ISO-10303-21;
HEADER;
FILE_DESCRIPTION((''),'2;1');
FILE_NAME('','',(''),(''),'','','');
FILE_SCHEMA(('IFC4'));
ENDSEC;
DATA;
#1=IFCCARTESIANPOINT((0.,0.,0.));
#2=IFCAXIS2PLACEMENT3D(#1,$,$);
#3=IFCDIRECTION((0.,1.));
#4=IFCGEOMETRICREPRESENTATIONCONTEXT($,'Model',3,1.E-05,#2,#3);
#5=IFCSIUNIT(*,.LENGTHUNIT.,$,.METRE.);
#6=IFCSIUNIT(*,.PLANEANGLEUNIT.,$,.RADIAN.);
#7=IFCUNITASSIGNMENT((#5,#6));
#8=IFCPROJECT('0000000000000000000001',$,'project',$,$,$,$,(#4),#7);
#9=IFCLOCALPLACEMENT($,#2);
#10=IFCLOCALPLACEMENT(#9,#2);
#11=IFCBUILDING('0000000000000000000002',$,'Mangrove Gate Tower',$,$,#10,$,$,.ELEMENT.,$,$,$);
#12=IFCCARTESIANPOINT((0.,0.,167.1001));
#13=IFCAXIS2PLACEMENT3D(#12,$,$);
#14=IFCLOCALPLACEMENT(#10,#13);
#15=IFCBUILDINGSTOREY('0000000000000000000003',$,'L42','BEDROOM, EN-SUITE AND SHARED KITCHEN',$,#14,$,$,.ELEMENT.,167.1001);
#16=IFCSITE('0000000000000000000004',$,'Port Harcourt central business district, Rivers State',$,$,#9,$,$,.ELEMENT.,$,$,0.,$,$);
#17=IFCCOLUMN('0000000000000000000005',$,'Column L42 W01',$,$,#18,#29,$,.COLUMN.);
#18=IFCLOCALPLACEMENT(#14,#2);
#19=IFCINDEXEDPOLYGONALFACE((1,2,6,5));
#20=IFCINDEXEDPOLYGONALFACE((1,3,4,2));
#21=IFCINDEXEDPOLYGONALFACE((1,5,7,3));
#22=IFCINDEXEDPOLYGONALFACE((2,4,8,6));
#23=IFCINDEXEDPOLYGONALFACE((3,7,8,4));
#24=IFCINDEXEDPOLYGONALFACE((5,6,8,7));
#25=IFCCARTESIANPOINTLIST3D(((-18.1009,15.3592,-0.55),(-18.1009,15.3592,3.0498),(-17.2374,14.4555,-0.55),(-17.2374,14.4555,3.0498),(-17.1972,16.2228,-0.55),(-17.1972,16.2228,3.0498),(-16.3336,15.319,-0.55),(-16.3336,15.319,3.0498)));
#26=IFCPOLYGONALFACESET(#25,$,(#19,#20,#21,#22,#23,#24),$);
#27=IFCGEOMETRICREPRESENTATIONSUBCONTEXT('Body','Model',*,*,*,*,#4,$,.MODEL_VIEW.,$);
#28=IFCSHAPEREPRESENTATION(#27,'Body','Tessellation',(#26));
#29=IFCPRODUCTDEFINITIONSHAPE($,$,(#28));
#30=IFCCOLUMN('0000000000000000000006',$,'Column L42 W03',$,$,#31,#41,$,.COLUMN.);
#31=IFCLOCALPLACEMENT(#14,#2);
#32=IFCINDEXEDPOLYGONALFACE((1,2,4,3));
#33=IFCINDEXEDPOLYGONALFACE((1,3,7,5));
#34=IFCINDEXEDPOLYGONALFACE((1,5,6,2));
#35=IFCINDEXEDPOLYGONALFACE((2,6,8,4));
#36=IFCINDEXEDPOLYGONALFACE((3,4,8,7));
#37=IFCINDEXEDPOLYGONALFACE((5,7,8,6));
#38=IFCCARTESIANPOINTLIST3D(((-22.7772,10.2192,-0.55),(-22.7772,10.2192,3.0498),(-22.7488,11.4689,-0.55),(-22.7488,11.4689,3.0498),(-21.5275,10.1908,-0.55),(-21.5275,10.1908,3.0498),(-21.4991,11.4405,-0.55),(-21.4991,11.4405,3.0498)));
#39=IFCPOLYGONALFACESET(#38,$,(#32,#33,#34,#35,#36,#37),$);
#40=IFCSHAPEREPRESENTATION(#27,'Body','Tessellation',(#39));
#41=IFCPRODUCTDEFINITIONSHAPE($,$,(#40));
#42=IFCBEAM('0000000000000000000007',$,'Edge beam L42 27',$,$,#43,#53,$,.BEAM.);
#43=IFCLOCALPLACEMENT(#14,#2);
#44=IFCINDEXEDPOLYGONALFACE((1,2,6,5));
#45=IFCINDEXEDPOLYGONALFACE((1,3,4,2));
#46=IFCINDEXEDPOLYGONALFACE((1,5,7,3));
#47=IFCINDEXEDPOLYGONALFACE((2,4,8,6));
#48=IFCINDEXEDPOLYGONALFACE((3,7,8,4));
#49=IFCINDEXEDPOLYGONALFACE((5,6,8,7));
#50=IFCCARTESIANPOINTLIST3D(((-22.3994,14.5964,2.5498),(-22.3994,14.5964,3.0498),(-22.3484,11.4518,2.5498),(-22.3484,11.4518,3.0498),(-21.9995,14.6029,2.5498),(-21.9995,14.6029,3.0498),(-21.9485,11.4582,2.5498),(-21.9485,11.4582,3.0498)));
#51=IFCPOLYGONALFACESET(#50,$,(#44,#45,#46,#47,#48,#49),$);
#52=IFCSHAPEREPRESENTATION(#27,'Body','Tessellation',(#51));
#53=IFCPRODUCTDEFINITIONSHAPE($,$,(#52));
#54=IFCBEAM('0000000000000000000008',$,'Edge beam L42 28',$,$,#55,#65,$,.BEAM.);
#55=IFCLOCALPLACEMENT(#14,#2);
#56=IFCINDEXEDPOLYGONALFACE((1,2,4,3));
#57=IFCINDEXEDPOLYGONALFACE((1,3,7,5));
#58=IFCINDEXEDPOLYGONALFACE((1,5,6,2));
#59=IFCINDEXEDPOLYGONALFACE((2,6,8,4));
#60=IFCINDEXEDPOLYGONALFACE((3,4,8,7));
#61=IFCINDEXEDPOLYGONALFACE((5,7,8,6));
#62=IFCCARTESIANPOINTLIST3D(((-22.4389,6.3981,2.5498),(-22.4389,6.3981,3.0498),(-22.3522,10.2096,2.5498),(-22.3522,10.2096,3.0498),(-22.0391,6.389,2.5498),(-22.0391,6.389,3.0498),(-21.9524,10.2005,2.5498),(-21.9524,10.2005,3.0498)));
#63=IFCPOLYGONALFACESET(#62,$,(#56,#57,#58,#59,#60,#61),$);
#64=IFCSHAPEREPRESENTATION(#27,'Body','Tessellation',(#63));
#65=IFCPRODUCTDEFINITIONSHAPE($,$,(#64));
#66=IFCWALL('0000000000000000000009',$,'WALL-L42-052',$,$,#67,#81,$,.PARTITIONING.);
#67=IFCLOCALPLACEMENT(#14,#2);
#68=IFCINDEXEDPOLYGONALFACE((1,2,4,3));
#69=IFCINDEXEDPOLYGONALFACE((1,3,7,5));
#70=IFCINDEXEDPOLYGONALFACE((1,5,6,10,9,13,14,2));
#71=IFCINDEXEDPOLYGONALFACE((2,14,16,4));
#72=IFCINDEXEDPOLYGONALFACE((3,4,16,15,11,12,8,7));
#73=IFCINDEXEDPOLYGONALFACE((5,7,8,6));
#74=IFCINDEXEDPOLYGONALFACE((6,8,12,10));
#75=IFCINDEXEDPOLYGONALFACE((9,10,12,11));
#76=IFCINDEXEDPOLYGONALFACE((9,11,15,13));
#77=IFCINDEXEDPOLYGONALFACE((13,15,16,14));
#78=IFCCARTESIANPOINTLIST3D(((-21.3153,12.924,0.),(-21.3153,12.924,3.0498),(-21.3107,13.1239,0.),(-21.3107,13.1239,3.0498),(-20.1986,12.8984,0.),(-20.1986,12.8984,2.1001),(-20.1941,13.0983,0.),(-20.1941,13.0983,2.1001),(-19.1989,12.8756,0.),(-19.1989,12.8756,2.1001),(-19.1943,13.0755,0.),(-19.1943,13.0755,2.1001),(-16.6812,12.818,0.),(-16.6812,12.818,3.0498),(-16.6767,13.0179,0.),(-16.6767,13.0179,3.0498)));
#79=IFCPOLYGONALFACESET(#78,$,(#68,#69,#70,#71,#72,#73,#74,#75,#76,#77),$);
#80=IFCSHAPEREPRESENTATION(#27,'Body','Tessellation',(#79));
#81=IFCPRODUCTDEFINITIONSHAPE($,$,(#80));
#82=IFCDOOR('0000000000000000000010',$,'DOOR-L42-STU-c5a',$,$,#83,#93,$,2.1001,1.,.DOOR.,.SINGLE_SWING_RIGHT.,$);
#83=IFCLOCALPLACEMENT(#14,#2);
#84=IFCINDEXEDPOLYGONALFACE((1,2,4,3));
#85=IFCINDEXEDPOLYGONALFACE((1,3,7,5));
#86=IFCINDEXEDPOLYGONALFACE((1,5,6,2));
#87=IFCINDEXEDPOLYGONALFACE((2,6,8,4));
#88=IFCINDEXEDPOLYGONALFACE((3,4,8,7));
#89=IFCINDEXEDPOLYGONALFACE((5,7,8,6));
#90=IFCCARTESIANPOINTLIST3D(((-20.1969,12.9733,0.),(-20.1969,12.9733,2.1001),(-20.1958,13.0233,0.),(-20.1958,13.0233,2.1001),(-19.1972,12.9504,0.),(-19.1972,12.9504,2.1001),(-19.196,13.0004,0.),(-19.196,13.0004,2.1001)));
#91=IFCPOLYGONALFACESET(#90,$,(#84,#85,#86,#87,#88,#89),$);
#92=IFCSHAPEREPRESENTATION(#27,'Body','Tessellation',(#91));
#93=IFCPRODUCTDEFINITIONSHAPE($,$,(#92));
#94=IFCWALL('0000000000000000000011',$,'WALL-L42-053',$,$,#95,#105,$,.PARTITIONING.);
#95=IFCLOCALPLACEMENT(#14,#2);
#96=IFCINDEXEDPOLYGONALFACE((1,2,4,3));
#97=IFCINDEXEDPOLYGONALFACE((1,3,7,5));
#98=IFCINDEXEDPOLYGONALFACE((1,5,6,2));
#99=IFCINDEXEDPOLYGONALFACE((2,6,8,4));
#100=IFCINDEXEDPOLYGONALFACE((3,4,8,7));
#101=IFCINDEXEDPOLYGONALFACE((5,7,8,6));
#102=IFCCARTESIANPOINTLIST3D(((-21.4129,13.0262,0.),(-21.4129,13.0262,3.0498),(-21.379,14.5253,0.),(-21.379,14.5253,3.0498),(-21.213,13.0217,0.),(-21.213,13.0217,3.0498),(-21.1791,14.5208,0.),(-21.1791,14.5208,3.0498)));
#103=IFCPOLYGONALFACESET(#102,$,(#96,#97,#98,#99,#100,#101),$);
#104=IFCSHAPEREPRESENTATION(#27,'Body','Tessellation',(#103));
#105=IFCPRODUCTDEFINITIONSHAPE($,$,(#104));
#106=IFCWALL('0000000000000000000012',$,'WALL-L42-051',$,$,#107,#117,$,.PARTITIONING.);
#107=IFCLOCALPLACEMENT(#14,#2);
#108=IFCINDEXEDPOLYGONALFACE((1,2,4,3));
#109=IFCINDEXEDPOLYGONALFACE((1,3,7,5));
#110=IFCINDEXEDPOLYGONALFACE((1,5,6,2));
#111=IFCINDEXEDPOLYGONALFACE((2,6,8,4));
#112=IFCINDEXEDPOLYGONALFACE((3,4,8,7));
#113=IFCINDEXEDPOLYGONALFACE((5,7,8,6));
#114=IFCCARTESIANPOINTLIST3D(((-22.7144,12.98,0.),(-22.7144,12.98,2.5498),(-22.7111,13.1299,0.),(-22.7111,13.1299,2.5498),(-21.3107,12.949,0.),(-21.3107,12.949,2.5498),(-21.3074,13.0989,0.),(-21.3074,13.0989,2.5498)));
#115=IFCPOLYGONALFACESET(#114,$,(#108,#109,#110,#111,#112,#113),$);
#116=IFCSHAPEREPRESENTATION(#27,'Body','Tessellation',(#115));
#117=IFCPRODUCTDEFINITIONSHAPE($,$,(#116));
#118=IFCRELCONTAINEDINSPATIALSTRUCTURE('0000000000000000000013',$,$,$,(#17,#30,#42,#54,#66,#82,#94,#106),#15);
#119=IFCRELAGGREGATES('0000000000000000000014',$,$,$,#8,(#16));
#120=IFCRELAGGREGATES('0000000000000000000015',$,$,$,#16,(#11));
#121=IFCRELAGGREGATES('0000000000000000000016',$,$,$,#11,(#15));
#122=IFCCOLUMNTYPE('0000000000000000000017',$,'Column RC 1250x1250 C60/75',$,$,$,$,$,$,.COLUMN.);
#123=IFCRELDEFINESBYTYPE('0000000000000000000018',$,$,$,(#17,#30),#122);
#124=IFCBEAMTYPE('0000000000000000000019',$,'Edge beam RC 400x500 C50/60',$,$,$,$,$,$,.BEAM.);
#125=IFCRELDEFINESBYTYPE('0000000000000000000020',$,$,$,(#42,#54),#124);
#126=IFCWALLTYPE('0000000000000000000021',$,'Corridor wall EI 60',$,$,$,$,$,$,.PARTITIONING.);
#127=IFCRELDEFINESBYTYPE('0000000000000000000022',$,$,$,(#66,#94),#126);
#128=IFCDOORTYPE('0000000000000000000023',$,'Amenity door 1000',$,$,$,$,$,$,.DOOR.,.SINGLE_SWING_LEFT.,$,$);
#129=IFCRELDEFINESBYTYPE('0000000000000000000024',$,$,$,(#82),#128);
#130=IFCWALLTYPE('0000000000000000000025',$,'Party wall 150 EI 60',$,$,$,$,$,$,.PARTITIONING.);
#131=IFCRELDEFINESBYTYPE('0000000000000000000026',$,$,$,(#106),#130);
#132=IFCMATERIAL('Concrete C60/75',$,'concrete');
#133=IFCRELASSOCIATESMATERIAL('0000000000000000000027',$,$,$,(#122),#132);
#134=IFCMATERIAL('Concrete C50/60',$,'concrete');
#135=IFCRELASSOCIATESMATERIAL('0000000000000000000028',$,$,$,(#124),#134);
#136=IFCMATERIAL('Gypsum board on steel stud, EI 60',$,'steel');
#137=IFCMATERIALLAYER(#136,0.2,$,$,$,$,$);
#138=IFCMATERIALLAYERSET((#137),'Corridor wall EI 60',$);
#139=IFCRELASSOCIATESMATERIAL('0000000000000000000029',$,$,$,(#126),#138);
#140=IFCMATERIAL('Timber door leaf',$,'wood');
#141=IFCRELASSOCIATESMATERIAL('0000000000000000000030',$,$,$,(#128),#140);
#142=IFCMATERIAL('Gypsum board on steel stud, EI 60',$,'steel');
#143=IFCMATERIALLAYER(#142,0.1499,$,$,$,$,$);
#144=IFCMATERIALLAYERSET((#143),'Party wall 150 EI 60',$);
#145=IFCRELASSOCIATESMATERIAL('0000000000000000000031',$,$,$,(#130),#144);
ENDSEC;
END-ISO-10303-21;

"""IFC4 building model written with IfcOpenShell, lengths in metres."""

from ifc_helpers import new_model, si_unit, direction, frame, frame_2d, origin, origin_2d, place, context, subcontext, project, spatial, rectangle, extrude, material, layer, layer_set, material_profile, profile_set, type_object, element, fill, save


model = new_model("IFC4")

# Units and contexts
model_context = context("Model", 3, precision=1e-05, world=origin(), true_north=direction((0.0, 1.0)))
body_context = subcontext(model_context, "Body", "Model", "MODEL_VIEW")
ifc_project = project(units=[si_unit("LENGTHUNIT", "METRE"), si_unit("PLANEANGLEUNIT", "RADIAN")], contexts=[model_context])

# Site, building, storey
site_placement = place(None, origin())
site = spatial("IfcSite", under=ifc_project, at=site_placement, Name="Port Harcourt central business district, Rivers State", CompositionType="ELEMENT", RefElevation=0.0)
building_placement = place(site_placement, origin())
building = spatial("IfcBuilding", under=site, at=building_placement, Name="Mangrove Gate Tower", CompositionType="ELEMENT")
storey_placement = place(building_placement, frame((0.0, 0.0, 167.1001)))
storey = spatial("IfcBuildingStorey", under=building, at=storey_placement, Name="L42", Description="BEDROOM, EN-SUITE AND SHARED KITCHEN", CompositionType="ELEMENT", Elevation=167.1001)

# Columns
ifc_material_1 = material(Name="Concrete C60/75", Category="concrete")
ifc_material_profile_1 = material_profile(ifc_material_1, rectangle(XDim=1.25, YDim=1.25, at=origin_2d()))
ifc_profile_set_1 = profile_set([ifc_material_profile_1], Name="Concrete C60/75")
column_type = type_object("IfcColumnType", Name="Column RC 1250x1250 C60/75", PredefinedType="COLUMN", material=ifc_profile_set_1)
for number, where, z_axis, x_axis, name in (
    (1, (-17.2173, 15.3391, -0.55), (0.0, 0.0, 1.0), (-0.722977, -0.690873, 0.0), "Column L42 W01"),
    (2, (-22.1382, 10.8298, -0.55), (0.0, 0.0, 1.0), (-0.022717, -0.999742, 0.0), "Column L42 W03"),
):
    element("IfcColumn", number, at=place(storey_placement, frame(where, z_axis=z_axis, x_axis=x_axis)), inside=storey, type_object=column_type, Name=name, PredefinedType="COLUMN", context=body_context, shape_type="SweptSolid", body=[
        extrude(rectangle(XDim=1.25, YDim=1.25, at=origin_2d()), origin(), (0.0, 0.0, 1.0), 3.5999),
    ])

# Beams
ifc_material_2 = material(Name="Concrete C50/60", Category="concrete")
ifc_material_profile_2 = material_profile(ifc_material_2, rectangle(XDim=0.3999, YDim=0.5, at=origin_2d()))
ifc_profile_set_2 = profile_set([ifc_material_profile_2], Name="Concrete C50/60")
beam_type = type_object("IfcBeamType", Name="Edge beam RC 400x500 C50/60", PredefinedType="BEAM", material=ifc_profile_set_2)
beam_1_placement = place(storey_placement, frame((-22.1995, 14.5996, 2.7998), z_axis=(0.016225, -0.999868, 0.0), x_axis=(0.999868, 0.016225, 0.0)))
element("IfcBeam", 3, at=beam_1_placement, inside=storey, type_object=beam_type, Name="Edge beam L42 27", PredefinedType="BEAM", context=body_context, shape_type="SweptSolid", body=[
    extrude(rectangle(XDim=0.3999, YDim=0.5, at=origin_2d()), origin(), (0.0, 0.0, 1.0), 3.145),
])
beam_2_placement = place(storey_placement, frame((-22.1523, 10.2051, 2.7998), z_axis=(-0.022733, -0.999742, 0.0), x_axis=(0.999742, -0.022733, 0.0)))
element("IfcBeam", 4, at=beam_2_placement, inside=storey, type_object=beam_type, Name="Edge beam L42 28", PredefinedType="BEAM", context=body_context, shape_type="SweptSolid", body=[
    extrude(rectangle(XDim=0.3999, YDim=0.5, at=origin_2d()), origin(), (0.0, 0.0, 1.0), 3.8125),
])

# Wall, opening, door
ifc_material_3 = material(Name="Gypsum board on steel stud, EI 60", Category="steel")
ifc_layer_1 = layer(ifc_material_3, 0.2)
ifc_layer_set_1 = layer_set([ifc_layer_1], Name="Corridor wall EI 60")
wall_type_1 = type_object("IfcWallType", Name="Corridor wall EI 60", PredefinedType="PARTITIONING", material=ifc_layer_set_1)
wall_1_placement = place(storey_placement, frame((-21.313, 13.0239, 0.0), z_axis=(0.0, 0.0, 1.0), x_axis=(0.999739, -0.022859, 0.0)))
wall_1 = element("IfcWall", 5, at=wall_1_placement, inside=storey, type_object=wall_type_1, Name="WALL-L42-052", PredefinedType="PARTITIONING", context=body_context, shape_type="SweptSolid", body=[
    extrude(rectangle(XDim=4.6353, YDim=0.2, at=frame_2d((2.3176, 0.0))), origin(), (0.0, 0.0, 1.0), 3.0498),
])
opening_1_placement = place(wall_1_placement, frame((1.1169, 0.0, 0.0)))
opening_1 = element("IfcOpeningElement", 6, at=opening_1_placement, cuts=wall_1, PredefinedType="OPENING", context=body_context, shape_type="SweptSolid", body=[
    extrude(rectangle(XDim=1.0, YDim=2.1001, at=frame_2d((0.5, 1.05))), frame((0.0, 0.1099, 0.0), z_axis=(0.0, -1.0, 0.0), x_axis=(1.0, 0.0, 0.0)), (0.0, 0.0, 1.0), 0.22),
])
ifc_material_4 = material(Name="Timber door leaf", Category="wood")
door_type_1 = type_object("IfcDoorType", Name="Amenity door 1000", OperationType="SINGLE_SWING_LEFT", PredefinedType="DOOR", material=ifc_material_4)
door_1_placement = place(opening_1_placement, origin())
door_1 = element("IfcDoor", 7, at=door_1_placement, inside=storey, type_object=door_type_1, Name="DOOR-L42-STU-c5a", OperationType="SINGLE_SWING_RIGHT", OverallHeight=2.1001, OverallWidth=1.0, PredefinedType="DOOR", context=body_context, shape_type="SweptSolid", body=[
    extrude(rectangle(XDim=1.0, YDim=2.1001, at=frame_2d((0.5, 1.05))), frame((0.0, 0.0249, 0.0), z_axis=(0.0, -1.0, 0.0), x_axis=(1.0, 0.0, 0.0)), (0.0, 0.0, 1.0), 0.05),
])
fill(opening_1, door_1)

# Wall
wall_2_placement = place(storey_placement, frame((-21.313, 13.0239, 0.0), z_axis=(0.0, 0.0, 1.0), x_axis=(0.022633, 0.999744, 0.0)))
element("IfcWall", 8, at=wall_2_placement, inside=storey, type_object=wall_type_1, Name="WALL-L42-053", PredefinedType="PARTITIONING", context=body_context, shape_type="SweptSolid", body=[
    extrude(rectangle(XDim=1.4995, YDim=0.2, at=frame_2d((0.7498, 0.0))), origin(), (0.0, 0.0, 1.0), 3.0498),
])

# Wall
ifc_material_5 = material(Name="Gypsum board on steel stud, EI 60", Category="steel")
ifc_layer_2 = layer(ifc_material_5, 0.1499)
ifc_layer_set_2 = layer_set([ifc_layer_2], Name="Party wall 150 EI 60")
wall_type_2 = type_object("IfcWallType", Name="Party wall 150 EI 60", PredefinedType="PARTITIONING", material=ifc_layer_set_2)
wall_3_placement = place(storey_placement, frame((-22.7129, 13.0549, 0.0), z_axis=(0.0, 0.0, 1.0), x_axis=(0.999756, -0.022082, 0.0)))
element("IfcWall", 9, at=wall_3_placement, inside=storey, type_object=wall_type_2, Name="WALL-L42-051", PredefinedType="PARTITIONING", context=body_context, shape_type="SweptSolid", body=[
    extrude(rectangle(XDim=1.4041, YDim=0.1499, at=frame_2d((0.7021, 0.0))), origin(), (0.0, 0.0, 1.0), 2.5498),
])

save(model, "model.ifc")
